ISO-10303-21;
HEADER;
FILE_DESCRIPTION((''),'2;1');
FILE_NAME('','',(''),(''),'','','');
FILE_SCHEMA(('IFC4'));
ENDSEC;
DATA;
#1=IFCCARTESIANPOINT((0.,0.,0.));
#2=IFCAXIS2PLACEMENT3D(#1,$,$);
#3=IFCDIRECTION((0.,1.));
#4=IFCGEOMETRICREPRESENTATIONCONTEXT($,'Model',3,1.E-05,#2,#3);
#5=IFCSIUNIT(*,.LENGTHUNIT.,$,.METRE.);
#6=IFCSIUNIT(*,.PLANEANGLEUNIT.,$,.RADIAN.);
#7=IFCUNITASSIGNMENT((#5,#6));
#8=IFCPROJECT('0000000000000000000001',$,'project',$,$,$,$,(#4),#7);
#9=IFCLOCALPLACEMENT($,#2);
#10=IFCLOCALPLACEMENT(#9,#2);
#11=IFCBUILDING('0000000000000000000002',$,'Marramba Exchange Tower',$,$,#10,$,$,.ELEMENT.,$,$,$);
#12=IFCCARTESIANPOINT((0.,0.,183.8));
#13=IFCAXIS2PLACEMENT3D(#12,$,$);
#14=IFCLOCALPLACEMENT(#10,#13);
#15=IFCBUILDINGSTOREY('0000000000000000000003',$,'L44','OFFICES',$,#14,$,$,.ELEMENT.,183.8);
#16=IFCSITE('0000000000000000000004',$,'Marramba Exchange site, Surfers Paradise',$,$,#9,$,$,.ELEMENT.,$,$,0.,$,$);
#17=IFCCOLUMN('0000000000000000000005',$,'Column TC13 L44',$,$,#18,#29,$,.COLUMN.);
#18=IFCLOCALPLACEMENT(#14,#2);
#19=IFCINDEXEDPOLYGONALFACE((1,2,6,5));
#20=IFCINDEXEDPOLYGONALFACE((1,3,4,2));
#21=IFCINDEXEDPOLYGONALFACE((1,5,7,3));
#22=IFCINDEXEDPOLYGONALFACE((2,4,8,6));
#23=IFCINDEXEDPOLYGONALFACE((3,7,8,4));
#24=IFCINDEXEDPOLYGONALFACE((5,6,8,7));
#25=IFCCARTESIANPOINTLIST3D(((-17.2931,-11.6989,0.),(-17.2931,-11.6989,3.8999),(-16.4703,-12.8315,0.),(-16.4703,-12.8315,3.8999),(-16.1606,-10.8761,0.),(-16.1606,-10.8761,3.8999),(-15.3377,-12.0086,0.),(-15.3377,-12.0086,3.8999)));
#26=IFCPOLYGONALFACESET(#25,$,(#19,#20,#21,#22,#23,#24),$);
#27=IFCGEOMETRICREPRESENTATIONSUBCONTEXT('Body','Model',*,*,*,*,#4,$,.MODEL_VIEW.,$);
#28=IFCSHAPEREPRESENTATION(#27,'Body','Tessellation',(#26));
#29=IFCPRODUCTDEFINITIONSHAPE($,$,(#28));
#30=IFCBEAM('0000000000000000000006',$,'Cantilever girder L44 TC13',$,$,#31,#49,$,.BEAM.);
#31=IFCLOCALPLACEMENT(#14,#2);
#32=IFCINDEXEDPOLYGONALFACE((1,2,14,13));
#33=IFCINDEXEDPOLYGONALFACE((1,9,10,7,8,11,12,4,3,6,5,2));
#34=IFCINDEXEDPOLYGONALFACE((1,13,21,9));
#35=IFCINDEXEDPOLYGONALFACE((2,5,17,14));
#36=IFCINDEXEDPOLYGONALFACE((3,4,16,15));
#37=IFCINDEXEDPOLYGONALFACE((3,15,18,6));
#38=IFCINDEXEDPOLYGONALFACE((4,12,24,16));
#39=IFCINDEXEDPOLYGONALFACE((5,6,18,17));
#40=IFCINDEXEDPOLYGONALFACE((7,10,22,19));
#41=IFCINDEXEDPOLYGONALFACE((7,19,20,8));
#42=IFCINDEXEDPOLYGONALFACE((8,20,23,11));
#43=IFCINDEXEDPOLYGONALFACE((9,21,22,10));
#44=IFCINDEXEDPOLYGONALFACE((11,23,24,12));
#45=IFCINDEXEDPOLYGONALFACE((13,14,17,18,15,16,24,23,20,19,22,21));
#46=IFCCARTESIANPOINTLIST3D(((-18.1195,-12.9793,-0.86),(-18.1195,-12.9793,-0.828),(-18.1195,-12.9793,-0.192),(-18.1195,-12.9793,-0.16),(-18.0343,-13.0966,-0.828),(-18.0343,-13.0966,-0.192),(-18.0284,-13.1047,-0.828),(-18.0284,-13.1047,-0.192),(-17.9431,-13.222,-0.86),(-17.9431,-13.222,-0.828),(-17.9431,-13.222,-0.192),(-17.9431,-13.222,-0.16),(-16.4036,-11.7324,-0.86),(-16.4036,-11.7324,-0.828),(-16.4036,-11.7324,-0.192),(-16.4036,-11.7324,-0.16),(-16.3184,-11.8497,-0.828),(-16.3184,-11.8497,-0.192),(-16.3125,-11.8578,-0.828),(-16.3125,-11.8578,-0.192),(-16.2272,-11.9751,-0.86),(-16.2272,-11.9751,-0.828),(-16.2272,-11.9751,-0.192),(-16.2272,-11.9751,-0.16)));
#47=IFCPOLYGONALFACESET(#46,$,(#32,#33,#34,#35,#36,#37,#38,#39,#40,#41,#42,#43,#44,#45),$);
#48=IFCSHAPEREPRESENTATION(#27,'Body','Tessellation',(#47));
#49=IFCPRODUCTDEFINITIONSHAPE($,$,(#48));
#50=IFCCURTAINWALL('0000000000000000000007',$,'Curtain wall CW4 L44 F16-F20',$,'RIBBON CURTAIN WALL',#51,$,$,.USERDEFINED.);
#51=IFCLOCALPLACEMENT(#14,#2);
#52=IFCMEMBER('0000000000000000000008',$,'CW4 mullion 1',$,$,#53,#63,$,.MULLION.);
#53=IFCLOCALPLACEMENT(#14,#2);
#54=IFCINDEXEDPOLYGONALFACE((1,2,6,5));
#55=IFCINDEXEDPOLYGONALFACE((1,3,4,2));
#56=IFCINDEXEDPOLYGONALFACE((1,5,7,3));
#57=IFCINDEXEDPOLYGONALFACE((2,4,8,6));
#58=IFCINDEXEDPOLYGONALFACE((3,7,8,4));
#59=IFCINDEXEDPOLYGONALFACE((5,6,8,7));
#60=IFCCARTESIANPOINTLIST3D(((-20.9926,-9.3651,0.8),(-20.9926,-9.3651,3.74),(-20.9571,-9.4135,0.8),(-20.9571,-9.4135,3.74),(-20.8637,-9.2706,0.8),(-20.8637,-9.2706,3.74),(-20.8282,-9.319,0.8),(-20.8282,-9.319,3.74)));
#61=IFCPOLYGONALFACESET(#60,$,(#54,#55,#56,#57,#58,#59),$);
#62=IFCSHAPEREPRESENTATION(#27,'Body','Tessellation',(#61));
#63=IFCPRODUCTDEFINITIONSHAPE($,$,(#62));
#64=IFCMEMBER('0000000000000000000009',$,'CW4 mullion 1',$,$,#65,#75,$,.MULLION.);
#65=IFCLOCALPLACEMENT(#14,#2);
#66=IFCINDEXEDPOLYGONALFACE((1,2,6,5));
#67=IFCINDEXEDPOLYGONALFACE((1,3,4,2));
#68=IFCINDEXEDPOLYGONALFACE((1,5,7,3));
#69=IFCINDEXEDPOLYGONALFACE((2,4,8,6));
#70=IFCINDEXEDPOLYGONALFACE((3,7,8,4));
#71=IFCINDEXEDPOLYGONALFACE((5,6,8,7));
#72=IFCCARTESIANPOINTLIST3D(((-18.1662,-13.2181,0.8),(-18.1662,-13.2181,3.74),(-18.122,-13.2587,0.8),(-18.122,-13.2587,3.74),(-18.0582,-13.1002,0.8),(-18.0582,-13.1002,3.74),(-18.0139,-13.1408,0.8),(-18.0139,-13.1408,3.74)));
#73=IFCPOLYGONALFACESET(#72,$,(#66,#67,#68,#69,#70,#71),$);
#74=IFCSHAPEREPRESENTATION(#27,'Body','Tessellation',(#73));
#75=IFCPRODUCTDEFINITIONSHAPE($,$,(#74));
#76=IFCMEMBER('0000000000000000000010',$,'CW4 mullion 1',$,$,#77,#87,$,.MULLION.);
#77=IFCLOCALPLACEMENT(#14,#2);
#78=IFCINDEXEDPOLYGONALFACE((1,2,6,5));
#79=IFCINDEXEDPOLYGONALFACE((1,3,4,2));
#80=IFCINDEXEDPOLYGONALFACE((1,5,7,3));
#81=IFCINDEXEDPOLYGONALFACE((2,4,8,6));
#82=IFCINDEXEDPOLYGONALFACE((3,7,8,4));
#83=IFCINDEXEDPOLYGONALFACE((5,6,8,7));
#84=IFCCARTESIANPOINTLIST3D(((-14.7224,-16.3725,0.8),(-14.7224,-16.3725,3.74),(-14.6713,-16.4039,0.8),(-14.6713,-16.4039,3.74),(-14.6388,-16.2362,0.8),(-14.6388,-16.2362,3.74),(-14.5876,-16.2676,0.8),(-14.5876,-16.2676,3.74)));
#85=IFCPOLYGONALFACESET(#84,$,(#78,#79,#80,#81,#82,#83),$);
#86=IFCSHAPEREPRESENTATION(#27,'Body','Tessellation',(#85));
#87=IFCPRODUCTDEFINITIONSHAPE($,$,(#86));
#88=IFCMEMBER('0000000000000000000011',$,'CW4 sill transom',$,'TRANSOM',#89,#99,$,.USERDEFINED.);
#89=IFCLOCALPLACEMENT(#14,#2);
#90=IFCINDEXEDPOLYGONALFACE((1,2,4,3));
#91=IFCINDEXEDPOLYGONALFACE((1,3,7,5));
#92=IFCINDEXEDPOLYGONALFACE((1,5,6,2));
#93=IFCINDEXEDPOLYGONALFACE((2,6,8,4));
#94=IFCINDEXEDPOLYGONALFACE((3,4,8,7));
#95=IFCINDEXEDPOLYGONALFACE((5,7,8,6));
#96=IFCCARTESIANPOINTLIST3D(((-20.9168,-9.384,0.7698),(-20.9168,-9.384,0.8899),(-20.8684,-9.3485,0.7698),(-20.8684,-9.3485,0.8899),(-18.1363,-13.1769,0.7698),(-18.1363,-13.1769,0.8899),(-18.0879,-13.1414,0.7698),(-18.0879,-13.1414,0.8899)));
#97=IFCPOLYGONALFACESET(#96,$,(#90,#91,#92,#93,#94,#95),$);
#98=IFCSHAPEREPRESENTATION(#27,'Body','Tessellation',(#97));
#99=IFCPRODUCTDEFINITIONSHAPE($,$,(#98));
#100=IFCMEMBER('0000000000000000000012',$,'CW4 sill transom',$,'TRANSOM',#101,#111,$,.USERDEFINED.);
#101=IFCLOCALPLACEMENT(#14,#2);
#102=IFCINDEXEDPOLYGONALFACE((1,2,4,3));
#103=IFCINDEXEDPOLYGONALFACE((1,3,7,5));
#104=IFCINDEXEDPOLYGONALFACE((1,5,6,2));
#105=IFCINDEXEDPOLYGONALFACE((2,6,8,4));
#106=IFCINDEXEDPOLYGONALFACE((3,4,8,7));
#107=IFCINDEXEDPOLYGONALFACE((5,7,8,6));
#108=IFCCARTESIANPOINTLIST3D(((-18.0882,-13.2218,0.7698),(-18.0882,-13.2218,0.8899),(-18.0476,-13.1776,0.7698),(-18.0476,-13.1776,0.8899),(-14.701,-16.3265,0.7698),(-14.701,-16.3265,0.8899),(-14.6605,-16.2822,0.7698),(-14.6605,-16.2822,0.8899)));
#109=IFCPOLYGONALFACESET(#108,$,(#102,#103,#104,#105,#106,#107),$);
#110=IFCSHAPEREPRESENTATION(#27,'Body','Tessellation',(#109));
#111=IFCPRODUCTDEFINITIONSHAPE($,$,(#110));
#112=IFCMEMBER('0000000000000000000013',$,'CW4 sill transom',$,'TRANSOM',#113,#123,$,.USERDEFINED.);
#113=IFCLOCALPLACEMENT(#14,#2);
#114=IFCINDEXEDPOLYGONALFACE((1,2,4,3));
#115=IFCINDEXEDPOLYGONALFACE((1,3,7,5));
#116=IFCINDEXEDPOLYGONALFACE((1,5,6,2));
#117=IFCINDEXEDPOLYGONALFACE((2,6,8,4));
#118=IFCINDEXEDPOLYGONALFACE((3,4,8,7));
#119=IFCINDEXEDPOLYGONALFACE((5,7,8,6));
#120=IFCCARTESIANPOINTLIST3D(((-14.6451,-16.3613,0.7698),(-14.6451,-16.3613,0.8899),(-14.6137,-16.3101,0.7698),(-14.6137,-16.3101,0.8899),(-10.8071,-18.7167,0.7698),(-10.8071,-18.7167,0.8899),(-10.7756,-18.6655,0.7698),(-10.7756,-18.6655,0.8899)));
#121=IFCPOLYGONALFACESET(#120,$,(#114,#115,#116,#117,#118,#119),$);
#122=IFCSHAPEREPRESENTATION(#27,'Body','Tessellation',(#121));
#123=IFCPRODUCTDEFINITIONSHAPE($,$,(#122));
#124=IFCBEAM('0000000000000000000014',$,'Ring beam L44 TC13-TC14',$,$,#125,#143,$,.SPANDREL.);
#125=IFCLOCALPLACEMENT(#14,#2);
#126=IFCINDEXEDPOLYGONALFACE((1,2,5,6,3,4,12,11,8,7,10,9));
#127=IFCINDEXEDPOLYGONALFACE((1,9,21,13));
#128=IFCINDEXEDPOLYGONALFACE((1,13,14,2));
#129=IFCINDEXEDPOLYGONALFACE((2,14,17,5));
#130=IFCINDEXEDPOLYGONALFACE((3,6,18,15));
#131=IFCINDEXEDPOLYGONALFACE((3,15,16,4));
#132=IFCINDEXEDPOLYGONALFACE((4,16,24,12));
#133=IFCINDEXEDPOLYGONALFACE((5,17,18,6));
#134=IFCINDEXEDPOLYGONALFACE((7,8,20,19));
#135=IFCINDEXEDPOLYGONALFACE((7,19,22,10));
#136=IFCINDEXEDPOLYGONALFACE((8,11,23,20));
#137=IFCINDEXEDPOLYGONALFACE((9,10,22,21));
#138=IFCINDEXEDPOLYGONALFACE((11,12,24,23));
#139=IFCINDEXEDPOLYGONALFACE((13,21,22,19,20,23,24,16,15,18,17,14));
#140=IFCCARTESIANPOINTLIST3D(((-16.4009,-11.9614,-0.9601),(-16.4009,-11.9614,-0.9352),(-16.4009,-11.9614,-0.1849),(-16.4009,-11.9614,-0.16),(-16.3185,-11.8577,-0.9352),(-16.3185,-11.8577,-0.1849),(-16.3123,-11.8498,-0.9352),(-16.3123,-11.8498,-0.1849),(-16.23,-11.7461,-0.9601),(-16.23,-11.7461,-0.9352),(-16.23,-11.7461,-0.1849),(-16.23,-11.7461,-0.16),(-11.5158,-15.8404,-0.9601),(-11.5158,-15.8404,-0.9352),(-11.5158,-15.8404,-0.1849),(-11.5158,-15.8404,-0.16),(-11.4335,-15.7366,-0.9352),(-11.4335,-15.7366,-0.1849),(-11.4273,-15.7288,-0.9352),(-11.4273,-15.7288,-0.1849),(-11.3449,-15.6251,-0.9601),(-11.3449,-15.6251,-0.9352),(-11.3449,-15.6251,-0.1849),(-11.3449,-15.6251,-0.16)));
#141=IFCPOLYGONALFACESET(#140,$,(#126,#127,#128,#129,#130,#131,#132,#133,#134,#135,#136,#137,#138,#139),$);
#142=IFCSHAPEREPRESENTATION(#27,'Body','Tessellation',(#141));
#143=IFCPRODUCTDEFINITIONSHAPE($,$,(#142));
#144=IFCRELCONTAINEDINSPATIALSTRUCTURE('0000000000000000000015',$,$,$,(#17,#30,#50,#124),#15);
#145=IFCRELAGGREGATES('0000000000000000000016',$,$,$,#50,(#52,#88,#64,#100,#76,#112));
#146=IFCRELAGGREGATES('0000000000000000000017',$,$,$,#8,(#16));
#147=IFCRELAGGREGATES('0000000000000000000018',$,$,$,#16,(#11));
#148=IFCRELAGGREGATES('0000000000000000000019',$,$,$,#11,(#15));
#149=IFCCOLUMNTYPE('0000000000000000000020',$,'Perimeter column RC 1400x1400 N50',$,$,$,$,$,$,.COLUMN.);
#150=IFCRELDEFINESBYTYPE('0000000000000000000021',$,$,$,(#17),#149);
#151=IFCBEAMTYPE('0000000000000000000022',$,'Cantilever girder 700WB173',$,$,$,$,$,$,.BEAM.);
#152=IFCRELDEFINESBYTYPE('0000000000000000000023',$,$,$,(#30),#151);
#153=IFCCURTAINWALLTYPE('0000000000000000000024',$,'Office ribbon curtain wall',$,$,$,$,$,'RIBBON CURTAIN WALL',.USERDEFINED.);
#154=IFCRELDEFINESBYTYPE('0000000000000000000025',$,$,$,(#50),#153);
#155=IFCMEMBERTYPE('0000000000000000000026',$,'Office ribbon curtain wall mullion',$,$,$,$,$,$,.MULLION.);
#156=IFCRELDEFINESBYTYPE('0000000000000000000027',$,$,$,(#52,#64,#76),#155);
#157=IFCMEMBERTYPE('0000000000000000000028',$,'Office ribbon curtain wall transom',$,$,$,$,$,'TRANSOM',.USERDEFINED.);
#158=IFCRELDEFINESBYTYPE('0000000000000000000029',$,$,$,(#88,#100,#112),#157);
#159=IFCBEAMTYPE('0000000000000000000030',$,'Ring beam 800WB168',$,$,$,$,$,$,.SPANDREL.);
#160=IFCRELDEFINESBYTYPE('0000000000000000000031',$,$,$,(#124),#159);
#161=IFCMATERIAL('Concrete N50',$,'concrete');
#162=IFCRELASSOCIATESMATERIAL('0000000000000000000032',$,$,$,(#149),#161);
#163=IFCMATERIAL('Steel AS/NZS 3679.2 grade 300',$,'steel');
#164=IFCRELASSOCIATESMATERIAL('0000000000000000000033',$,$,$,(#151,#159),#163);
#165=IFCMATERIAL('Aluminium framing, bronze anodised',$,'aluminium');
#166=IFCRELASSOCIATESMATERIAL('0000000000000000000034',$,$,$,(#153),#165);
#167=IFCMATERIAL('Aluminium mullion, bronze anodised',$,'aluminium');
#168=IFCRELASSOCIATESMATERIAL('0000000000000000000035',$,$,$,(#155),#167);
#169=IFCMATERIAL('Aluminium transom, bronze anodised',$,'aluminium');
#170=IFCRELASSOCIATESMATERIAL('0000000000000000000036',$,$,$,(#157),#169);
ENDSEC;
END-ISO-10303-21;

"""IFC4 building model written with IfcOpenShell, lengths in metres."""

from ifc_helpers import new_model, si_unit, direction, frame, origin, origin_2d, place, context, subcontext, project, spatial, rectangle, i_section, extrude, material, material_profile, profile_set, type_object, element, aggregate, save


model = new_model("IFC4")

# Units and contexts
model_context = context("Model", 3, precision=1e-05, world=origin(), true_north=direction((0.0, 1.0)))
body_context = subcontext(model_context, "Body", "Model", "MODEL_VIEW")
ifc_project = project(units=[si_unit("LENGTHUNIT", "METRE"), si_unit("PLANEANGLEUNIT", "RADIAN")], contexts=[model_context])

# Site, building, storey
site_placement = place(None, origin())
site = spatial("IfcSite", under=ifc_project, at=site_placement, Name="Marramba Exchange site, Surfers Paradise", CompositionType="ELEMENT", RefElevation=0.0)
building_placement = place(site_placement, origin())
building = spatial("IfcBuilding", under=site, at=building_placement, Name="Marramba Exchange Tower", CompositionType="ELEMENT")
storey_placement = place(building_placement, frame((0.0, 0.0, 183.8)))
storey = spatial("IfcBuildingStorey", under=building, at=storey_placement, Name="L44", Description="OFFICES", CompositionType="ELEMENT", Elevation=183.8)

# Column
ifc_material_1 = material(Name="Concrete N50", Category="concrete")
ifc_material_profile_1 = material_profile(ifc_material_1, rectangle(XDim=1.3999, YDim=1.3999, at=origin_2d()), Name="RC 1400x1400")
ifc_profile_set_1 = profile_set([ifc_material_profile_1], Name="Concrete N50")
column_type = type_object("IfcColumnType", Name="Perimeter column RC 1400x1400 N50", PredefinedType="COLUMN", material=ifc_profile_set_1)
column_placement = place(storey_placement, frame((-16.3154, -11.8538, 0.0), z_axis=(0.0, 0.0, 1.0), x_axis=(-0.809017, -0.587785, 0.0)))
element("IfcColumn", 1, at=column_placement, inside=storey, type_object=column_type, Name="Column TC13 L44", PredefinedType="COLUMN", context=body_context, shape_type="SweptSolid", body=[
    extrude(rectangle(XDim=1.3999, YDim=1.3999, at=origin_2d()), origin(), (0.0, 0.0, 1.0), 3.8999),
])

# Beam
ifc_material_2 = material(Name="Steel AS/NZS 3679.2 grade 300", Category="steel")
ifc_material_profile_2 = material_profile(ifc_material_2, i_section(OverallWidth=0.3, OverallDepth=0.7, WebThickness=0.01, FlangeThickness=0.032, at=origin_2d()), Name="700WB173")
ifc_profile_set_2 = profile_set([ifc_material_profile_2], Name="Steel AS/NZS 3679.2 grade 300")
beam_type_1 = type_object("IfcBeamType", Name="Cantilever girder 700WB173", PredefinedType="BEAM", material=ifc_profile_set_2)
beam_1_placement = place(storey_placement, frame((-16.3154, -11.8538, -0.51), z_axis=(-0.80897, -0.58785, 0.0), x_axis=(0.58785, -0.80897, 0.0)))
element("IfcBeam", 2, at=beam_1_placement, inside=storey, type_object=beam_type_1, Name="Cantilever girder L44 TC13", PredefinedType="BEAM", context=body_context, shape_type="SweptSolid", body=[
    extrude(i_section(OverallWidth=0.3, OverallDepth=0.7, WebThickness=0.01, FlangeThickness=0.032, at=origin_2d()), origin(), (0.0, 0.0, 1.0), 2.1211),
])

# Curtain wall, members
ifc_material_3 = material(Name="Aluminium framing, bronze anodised", Category="aluminium")
curtain_wall_type = type_object("IfcCurtainWallType", Name="Office ribbon curtain wall", ElementType="RIBBON CURTAIN WALL", PredefinedType="USERDEFINED", material=ifc_material_3)
curtain_wall_placement = place(storey_placement, origin())
curtain_wall = element("IfcCurtainWall", 3, at=curtain_wall_placement, inside=storey, type_object=curtain_wall_type, Name="Curtain wall CW4 L44 F16-F20", ObjectType="RIBBON CURTAIN WALL", PredefinedType="USERDEFINED")
ifc_material_4 = material(Name="Aluminium mullion, bronze anodised", Category="aluminium")
ifc_material_profile_3 = material_profile(ifc_material_4, rectangle(XDim=0.1599, YDim=0.0601, at=origin_2d()), Name="CW4 mullion 60x160")
ifc_profile_set_3 = profile_set([ifc_material_profile_3], Name="Aluminium mullion, bronze anodised")
member_type_1 = type_object("IfcMemberType", Name="Office ribbon curtain wall mullion", PredefinedType="MULLION", material=ifc_profile_set_3)
member_1_placement = place(storey_placement, frame((-20.9104, -9.342, 0.8), z_axis=(0.0, 0.0, 1.0), x_axis=(0.806508, 0.591223, 0.0)))
member_1 = element("IfcMember", 4, at=member_1_placement, type_object=member_type_1, Name="CW4 mullion 1", PredefinedType="MULLION", context=body_context, shape_type="SweptSolid", body=[
    extrude(rectangle(XDim=0.1599, YDim=0.0601, at=origin_2d()), origin(), (0.0, 0.0, 1.0), 2.9399),
])
member_2_placement = place(storey_placement, frame((-18.0901, -13.1794, 0.8), z_axis=(0.0, 0.0, 1.0), x_axis=(0.675671, 0.737203, 0.0)))
member_2 = element("IfcMember", 5, at=member_2_placement, type_object=member_type_1, Name="CW4 mullion 1", PredefinedType="MULLION", context=body_context, shape_type="SweptSolid", body=[
    extrude(rectangle(XDim=0.1599, YDim=0.0601, at=origin_2d()), origin(), (0.0, 0.0, 1.0), 2.9399),
])
member_3_placement = place(storey_placement, frame((-14.655, -16.3201, 0.8), z_axis=(0.0, 0.0, 1.0), x_axis=(0.523052, 0.852301, 0.0)))
member_3 = element("IfcMember", 6, at=member_3_placement, type_object=member_type_1, Name="CW4 mullion 1", PredefinedType="MULLION", context=body_context, shape_type="SweptSolid", body=[
    extrude(rectangle(XDim=0.1599, YDim=0.0601, at=origin_2d()), origin(), (0.0, 0.0, 1.0), 2.9399),
])
ifc_material_5 = material(Name="Aluminium transom, bronze anodised", Category="aluminium")
ifc_material_profile_4 = material_profile(ifc_material_5, rectangle(XDim=0.0601, YDim=0.1201, at=origin_2d()), Name="CW4 transom 60x120")
ifc_profile_set_4 = profile_set([ifc_material_profile_4], Name="Aluminium transom, bronze anodised")
member_type_2 = type_object("IfcMemberType", Name="Office ribbon curtain wall transom", ElementType="TRANSOM", PredefinedType="USERDEFINED", material=ifc_profile_set_4)
member_4_placement = place(storey_placement, frame((-20.8926, -9.3662, 0.8298), z_axis=(0.591226, -0.806506, 0.0), x_axis=(0.806506, 0.591226, 0.0)))
member_4 = element("IfcMember", 7, at=member_4_placement, type_object=member_type_2, Name="CW4 sill transom", ObjectType="TRANSOM", PredefinedType="USERDEFINED", context=body_context, shape_type="SweptSolid", body=[
    extrude(rectangle(XDim=0.0601, YDim=0.1201, at=origin_2d()), origin(), (0.0, 0.0, 1.0), 4.7029),
])
member_5_placement = place(storey_placement, frame((-18.0679, -13.1997, 0.8298), z_axis=(0.737176, -0.675701, 0.0), x_axis=(0.675701, 0.737176, 0.0)))
member_5 = element("IfcMember", 8, at=member_5_placement, type_object=member_type_2, Name="CW4 sill transom", ObjectType="TRANSOM", PredefinedType="USERDEFINED", context=body_context, shape_type="SweptSolid", body=[
    extrude(rectangle(XDim=0.0601, YDim=0.1201, at=origin_2d()), origin(), (0.0, 0.0, 1.0), 4.5947),
])
member_6_placement = place(storey_placement, frame((-14.6294, -16.3357, 0.8298), z_axis=(0.852298, -0.523056, 0.0), x_axis=(0.523056, 0.852298, 0.0)))
member_6 = element("IfcMember", 9, at=member_6_placement, type_object=member_type_2, Name="CW4 sill transom", ObjectType="TRANSOM", PredefinedType="USERDEFINED", context=body_context, shape_type="SweptSolid", body=[
    extrude(rectangle(XDim=0.0601, YDim=0.1201, at=origin_2d()), origin(), (0.0, 0.0, 1.0), 4.5032),
])

# Beam
ifc_material_profile_5 = material_profile(ifc_material_2, i_section(OverallWidth=0.2749, OverallDepth=0.8, WebThickness=0.01, FlangeThickness=0.0249, at=origin_2d()), Name="800WB168")
ifc_profile_set_5 = profile_set([ifc_material_profile_5], Name="Steel AS/NZS 3679.2 grade 300")
beam_type_2 = type_object("IfcBeamType", Name="Ring beam 800WB168", PredefinedType="SPANDREL", material=ifc_profile_set_5)
beam_2_placement = place(storey_placement, frame((-16.3154, -11.8538, -0.5601), z_axis=(0.783139, -0.621846, 0.0), x_axis=(0.621846, 0.783139, 0.0)))
element("IfcBeam", 10, at=beam_2_placement, inside=storey, type_object=beam_type_2, Name="Ring beam L44 TC13-TC14", PredefinedType="SPANDREL", context=body_context, shape_type="SweptSolid", body=[
    extrude(i_section(OverallWidth=0.2749, OverallDepth=0.8, WebThickness=0.01, FlangeThickness=0.0249, at=origin_2d()), origin(), (0.0, 0.0, 1.0), 6.2378),
])

aggregate(curtain_wall, [member_1, member_4, member_2, member_5, member_3, member_6])

save(model, "model.ifc")
